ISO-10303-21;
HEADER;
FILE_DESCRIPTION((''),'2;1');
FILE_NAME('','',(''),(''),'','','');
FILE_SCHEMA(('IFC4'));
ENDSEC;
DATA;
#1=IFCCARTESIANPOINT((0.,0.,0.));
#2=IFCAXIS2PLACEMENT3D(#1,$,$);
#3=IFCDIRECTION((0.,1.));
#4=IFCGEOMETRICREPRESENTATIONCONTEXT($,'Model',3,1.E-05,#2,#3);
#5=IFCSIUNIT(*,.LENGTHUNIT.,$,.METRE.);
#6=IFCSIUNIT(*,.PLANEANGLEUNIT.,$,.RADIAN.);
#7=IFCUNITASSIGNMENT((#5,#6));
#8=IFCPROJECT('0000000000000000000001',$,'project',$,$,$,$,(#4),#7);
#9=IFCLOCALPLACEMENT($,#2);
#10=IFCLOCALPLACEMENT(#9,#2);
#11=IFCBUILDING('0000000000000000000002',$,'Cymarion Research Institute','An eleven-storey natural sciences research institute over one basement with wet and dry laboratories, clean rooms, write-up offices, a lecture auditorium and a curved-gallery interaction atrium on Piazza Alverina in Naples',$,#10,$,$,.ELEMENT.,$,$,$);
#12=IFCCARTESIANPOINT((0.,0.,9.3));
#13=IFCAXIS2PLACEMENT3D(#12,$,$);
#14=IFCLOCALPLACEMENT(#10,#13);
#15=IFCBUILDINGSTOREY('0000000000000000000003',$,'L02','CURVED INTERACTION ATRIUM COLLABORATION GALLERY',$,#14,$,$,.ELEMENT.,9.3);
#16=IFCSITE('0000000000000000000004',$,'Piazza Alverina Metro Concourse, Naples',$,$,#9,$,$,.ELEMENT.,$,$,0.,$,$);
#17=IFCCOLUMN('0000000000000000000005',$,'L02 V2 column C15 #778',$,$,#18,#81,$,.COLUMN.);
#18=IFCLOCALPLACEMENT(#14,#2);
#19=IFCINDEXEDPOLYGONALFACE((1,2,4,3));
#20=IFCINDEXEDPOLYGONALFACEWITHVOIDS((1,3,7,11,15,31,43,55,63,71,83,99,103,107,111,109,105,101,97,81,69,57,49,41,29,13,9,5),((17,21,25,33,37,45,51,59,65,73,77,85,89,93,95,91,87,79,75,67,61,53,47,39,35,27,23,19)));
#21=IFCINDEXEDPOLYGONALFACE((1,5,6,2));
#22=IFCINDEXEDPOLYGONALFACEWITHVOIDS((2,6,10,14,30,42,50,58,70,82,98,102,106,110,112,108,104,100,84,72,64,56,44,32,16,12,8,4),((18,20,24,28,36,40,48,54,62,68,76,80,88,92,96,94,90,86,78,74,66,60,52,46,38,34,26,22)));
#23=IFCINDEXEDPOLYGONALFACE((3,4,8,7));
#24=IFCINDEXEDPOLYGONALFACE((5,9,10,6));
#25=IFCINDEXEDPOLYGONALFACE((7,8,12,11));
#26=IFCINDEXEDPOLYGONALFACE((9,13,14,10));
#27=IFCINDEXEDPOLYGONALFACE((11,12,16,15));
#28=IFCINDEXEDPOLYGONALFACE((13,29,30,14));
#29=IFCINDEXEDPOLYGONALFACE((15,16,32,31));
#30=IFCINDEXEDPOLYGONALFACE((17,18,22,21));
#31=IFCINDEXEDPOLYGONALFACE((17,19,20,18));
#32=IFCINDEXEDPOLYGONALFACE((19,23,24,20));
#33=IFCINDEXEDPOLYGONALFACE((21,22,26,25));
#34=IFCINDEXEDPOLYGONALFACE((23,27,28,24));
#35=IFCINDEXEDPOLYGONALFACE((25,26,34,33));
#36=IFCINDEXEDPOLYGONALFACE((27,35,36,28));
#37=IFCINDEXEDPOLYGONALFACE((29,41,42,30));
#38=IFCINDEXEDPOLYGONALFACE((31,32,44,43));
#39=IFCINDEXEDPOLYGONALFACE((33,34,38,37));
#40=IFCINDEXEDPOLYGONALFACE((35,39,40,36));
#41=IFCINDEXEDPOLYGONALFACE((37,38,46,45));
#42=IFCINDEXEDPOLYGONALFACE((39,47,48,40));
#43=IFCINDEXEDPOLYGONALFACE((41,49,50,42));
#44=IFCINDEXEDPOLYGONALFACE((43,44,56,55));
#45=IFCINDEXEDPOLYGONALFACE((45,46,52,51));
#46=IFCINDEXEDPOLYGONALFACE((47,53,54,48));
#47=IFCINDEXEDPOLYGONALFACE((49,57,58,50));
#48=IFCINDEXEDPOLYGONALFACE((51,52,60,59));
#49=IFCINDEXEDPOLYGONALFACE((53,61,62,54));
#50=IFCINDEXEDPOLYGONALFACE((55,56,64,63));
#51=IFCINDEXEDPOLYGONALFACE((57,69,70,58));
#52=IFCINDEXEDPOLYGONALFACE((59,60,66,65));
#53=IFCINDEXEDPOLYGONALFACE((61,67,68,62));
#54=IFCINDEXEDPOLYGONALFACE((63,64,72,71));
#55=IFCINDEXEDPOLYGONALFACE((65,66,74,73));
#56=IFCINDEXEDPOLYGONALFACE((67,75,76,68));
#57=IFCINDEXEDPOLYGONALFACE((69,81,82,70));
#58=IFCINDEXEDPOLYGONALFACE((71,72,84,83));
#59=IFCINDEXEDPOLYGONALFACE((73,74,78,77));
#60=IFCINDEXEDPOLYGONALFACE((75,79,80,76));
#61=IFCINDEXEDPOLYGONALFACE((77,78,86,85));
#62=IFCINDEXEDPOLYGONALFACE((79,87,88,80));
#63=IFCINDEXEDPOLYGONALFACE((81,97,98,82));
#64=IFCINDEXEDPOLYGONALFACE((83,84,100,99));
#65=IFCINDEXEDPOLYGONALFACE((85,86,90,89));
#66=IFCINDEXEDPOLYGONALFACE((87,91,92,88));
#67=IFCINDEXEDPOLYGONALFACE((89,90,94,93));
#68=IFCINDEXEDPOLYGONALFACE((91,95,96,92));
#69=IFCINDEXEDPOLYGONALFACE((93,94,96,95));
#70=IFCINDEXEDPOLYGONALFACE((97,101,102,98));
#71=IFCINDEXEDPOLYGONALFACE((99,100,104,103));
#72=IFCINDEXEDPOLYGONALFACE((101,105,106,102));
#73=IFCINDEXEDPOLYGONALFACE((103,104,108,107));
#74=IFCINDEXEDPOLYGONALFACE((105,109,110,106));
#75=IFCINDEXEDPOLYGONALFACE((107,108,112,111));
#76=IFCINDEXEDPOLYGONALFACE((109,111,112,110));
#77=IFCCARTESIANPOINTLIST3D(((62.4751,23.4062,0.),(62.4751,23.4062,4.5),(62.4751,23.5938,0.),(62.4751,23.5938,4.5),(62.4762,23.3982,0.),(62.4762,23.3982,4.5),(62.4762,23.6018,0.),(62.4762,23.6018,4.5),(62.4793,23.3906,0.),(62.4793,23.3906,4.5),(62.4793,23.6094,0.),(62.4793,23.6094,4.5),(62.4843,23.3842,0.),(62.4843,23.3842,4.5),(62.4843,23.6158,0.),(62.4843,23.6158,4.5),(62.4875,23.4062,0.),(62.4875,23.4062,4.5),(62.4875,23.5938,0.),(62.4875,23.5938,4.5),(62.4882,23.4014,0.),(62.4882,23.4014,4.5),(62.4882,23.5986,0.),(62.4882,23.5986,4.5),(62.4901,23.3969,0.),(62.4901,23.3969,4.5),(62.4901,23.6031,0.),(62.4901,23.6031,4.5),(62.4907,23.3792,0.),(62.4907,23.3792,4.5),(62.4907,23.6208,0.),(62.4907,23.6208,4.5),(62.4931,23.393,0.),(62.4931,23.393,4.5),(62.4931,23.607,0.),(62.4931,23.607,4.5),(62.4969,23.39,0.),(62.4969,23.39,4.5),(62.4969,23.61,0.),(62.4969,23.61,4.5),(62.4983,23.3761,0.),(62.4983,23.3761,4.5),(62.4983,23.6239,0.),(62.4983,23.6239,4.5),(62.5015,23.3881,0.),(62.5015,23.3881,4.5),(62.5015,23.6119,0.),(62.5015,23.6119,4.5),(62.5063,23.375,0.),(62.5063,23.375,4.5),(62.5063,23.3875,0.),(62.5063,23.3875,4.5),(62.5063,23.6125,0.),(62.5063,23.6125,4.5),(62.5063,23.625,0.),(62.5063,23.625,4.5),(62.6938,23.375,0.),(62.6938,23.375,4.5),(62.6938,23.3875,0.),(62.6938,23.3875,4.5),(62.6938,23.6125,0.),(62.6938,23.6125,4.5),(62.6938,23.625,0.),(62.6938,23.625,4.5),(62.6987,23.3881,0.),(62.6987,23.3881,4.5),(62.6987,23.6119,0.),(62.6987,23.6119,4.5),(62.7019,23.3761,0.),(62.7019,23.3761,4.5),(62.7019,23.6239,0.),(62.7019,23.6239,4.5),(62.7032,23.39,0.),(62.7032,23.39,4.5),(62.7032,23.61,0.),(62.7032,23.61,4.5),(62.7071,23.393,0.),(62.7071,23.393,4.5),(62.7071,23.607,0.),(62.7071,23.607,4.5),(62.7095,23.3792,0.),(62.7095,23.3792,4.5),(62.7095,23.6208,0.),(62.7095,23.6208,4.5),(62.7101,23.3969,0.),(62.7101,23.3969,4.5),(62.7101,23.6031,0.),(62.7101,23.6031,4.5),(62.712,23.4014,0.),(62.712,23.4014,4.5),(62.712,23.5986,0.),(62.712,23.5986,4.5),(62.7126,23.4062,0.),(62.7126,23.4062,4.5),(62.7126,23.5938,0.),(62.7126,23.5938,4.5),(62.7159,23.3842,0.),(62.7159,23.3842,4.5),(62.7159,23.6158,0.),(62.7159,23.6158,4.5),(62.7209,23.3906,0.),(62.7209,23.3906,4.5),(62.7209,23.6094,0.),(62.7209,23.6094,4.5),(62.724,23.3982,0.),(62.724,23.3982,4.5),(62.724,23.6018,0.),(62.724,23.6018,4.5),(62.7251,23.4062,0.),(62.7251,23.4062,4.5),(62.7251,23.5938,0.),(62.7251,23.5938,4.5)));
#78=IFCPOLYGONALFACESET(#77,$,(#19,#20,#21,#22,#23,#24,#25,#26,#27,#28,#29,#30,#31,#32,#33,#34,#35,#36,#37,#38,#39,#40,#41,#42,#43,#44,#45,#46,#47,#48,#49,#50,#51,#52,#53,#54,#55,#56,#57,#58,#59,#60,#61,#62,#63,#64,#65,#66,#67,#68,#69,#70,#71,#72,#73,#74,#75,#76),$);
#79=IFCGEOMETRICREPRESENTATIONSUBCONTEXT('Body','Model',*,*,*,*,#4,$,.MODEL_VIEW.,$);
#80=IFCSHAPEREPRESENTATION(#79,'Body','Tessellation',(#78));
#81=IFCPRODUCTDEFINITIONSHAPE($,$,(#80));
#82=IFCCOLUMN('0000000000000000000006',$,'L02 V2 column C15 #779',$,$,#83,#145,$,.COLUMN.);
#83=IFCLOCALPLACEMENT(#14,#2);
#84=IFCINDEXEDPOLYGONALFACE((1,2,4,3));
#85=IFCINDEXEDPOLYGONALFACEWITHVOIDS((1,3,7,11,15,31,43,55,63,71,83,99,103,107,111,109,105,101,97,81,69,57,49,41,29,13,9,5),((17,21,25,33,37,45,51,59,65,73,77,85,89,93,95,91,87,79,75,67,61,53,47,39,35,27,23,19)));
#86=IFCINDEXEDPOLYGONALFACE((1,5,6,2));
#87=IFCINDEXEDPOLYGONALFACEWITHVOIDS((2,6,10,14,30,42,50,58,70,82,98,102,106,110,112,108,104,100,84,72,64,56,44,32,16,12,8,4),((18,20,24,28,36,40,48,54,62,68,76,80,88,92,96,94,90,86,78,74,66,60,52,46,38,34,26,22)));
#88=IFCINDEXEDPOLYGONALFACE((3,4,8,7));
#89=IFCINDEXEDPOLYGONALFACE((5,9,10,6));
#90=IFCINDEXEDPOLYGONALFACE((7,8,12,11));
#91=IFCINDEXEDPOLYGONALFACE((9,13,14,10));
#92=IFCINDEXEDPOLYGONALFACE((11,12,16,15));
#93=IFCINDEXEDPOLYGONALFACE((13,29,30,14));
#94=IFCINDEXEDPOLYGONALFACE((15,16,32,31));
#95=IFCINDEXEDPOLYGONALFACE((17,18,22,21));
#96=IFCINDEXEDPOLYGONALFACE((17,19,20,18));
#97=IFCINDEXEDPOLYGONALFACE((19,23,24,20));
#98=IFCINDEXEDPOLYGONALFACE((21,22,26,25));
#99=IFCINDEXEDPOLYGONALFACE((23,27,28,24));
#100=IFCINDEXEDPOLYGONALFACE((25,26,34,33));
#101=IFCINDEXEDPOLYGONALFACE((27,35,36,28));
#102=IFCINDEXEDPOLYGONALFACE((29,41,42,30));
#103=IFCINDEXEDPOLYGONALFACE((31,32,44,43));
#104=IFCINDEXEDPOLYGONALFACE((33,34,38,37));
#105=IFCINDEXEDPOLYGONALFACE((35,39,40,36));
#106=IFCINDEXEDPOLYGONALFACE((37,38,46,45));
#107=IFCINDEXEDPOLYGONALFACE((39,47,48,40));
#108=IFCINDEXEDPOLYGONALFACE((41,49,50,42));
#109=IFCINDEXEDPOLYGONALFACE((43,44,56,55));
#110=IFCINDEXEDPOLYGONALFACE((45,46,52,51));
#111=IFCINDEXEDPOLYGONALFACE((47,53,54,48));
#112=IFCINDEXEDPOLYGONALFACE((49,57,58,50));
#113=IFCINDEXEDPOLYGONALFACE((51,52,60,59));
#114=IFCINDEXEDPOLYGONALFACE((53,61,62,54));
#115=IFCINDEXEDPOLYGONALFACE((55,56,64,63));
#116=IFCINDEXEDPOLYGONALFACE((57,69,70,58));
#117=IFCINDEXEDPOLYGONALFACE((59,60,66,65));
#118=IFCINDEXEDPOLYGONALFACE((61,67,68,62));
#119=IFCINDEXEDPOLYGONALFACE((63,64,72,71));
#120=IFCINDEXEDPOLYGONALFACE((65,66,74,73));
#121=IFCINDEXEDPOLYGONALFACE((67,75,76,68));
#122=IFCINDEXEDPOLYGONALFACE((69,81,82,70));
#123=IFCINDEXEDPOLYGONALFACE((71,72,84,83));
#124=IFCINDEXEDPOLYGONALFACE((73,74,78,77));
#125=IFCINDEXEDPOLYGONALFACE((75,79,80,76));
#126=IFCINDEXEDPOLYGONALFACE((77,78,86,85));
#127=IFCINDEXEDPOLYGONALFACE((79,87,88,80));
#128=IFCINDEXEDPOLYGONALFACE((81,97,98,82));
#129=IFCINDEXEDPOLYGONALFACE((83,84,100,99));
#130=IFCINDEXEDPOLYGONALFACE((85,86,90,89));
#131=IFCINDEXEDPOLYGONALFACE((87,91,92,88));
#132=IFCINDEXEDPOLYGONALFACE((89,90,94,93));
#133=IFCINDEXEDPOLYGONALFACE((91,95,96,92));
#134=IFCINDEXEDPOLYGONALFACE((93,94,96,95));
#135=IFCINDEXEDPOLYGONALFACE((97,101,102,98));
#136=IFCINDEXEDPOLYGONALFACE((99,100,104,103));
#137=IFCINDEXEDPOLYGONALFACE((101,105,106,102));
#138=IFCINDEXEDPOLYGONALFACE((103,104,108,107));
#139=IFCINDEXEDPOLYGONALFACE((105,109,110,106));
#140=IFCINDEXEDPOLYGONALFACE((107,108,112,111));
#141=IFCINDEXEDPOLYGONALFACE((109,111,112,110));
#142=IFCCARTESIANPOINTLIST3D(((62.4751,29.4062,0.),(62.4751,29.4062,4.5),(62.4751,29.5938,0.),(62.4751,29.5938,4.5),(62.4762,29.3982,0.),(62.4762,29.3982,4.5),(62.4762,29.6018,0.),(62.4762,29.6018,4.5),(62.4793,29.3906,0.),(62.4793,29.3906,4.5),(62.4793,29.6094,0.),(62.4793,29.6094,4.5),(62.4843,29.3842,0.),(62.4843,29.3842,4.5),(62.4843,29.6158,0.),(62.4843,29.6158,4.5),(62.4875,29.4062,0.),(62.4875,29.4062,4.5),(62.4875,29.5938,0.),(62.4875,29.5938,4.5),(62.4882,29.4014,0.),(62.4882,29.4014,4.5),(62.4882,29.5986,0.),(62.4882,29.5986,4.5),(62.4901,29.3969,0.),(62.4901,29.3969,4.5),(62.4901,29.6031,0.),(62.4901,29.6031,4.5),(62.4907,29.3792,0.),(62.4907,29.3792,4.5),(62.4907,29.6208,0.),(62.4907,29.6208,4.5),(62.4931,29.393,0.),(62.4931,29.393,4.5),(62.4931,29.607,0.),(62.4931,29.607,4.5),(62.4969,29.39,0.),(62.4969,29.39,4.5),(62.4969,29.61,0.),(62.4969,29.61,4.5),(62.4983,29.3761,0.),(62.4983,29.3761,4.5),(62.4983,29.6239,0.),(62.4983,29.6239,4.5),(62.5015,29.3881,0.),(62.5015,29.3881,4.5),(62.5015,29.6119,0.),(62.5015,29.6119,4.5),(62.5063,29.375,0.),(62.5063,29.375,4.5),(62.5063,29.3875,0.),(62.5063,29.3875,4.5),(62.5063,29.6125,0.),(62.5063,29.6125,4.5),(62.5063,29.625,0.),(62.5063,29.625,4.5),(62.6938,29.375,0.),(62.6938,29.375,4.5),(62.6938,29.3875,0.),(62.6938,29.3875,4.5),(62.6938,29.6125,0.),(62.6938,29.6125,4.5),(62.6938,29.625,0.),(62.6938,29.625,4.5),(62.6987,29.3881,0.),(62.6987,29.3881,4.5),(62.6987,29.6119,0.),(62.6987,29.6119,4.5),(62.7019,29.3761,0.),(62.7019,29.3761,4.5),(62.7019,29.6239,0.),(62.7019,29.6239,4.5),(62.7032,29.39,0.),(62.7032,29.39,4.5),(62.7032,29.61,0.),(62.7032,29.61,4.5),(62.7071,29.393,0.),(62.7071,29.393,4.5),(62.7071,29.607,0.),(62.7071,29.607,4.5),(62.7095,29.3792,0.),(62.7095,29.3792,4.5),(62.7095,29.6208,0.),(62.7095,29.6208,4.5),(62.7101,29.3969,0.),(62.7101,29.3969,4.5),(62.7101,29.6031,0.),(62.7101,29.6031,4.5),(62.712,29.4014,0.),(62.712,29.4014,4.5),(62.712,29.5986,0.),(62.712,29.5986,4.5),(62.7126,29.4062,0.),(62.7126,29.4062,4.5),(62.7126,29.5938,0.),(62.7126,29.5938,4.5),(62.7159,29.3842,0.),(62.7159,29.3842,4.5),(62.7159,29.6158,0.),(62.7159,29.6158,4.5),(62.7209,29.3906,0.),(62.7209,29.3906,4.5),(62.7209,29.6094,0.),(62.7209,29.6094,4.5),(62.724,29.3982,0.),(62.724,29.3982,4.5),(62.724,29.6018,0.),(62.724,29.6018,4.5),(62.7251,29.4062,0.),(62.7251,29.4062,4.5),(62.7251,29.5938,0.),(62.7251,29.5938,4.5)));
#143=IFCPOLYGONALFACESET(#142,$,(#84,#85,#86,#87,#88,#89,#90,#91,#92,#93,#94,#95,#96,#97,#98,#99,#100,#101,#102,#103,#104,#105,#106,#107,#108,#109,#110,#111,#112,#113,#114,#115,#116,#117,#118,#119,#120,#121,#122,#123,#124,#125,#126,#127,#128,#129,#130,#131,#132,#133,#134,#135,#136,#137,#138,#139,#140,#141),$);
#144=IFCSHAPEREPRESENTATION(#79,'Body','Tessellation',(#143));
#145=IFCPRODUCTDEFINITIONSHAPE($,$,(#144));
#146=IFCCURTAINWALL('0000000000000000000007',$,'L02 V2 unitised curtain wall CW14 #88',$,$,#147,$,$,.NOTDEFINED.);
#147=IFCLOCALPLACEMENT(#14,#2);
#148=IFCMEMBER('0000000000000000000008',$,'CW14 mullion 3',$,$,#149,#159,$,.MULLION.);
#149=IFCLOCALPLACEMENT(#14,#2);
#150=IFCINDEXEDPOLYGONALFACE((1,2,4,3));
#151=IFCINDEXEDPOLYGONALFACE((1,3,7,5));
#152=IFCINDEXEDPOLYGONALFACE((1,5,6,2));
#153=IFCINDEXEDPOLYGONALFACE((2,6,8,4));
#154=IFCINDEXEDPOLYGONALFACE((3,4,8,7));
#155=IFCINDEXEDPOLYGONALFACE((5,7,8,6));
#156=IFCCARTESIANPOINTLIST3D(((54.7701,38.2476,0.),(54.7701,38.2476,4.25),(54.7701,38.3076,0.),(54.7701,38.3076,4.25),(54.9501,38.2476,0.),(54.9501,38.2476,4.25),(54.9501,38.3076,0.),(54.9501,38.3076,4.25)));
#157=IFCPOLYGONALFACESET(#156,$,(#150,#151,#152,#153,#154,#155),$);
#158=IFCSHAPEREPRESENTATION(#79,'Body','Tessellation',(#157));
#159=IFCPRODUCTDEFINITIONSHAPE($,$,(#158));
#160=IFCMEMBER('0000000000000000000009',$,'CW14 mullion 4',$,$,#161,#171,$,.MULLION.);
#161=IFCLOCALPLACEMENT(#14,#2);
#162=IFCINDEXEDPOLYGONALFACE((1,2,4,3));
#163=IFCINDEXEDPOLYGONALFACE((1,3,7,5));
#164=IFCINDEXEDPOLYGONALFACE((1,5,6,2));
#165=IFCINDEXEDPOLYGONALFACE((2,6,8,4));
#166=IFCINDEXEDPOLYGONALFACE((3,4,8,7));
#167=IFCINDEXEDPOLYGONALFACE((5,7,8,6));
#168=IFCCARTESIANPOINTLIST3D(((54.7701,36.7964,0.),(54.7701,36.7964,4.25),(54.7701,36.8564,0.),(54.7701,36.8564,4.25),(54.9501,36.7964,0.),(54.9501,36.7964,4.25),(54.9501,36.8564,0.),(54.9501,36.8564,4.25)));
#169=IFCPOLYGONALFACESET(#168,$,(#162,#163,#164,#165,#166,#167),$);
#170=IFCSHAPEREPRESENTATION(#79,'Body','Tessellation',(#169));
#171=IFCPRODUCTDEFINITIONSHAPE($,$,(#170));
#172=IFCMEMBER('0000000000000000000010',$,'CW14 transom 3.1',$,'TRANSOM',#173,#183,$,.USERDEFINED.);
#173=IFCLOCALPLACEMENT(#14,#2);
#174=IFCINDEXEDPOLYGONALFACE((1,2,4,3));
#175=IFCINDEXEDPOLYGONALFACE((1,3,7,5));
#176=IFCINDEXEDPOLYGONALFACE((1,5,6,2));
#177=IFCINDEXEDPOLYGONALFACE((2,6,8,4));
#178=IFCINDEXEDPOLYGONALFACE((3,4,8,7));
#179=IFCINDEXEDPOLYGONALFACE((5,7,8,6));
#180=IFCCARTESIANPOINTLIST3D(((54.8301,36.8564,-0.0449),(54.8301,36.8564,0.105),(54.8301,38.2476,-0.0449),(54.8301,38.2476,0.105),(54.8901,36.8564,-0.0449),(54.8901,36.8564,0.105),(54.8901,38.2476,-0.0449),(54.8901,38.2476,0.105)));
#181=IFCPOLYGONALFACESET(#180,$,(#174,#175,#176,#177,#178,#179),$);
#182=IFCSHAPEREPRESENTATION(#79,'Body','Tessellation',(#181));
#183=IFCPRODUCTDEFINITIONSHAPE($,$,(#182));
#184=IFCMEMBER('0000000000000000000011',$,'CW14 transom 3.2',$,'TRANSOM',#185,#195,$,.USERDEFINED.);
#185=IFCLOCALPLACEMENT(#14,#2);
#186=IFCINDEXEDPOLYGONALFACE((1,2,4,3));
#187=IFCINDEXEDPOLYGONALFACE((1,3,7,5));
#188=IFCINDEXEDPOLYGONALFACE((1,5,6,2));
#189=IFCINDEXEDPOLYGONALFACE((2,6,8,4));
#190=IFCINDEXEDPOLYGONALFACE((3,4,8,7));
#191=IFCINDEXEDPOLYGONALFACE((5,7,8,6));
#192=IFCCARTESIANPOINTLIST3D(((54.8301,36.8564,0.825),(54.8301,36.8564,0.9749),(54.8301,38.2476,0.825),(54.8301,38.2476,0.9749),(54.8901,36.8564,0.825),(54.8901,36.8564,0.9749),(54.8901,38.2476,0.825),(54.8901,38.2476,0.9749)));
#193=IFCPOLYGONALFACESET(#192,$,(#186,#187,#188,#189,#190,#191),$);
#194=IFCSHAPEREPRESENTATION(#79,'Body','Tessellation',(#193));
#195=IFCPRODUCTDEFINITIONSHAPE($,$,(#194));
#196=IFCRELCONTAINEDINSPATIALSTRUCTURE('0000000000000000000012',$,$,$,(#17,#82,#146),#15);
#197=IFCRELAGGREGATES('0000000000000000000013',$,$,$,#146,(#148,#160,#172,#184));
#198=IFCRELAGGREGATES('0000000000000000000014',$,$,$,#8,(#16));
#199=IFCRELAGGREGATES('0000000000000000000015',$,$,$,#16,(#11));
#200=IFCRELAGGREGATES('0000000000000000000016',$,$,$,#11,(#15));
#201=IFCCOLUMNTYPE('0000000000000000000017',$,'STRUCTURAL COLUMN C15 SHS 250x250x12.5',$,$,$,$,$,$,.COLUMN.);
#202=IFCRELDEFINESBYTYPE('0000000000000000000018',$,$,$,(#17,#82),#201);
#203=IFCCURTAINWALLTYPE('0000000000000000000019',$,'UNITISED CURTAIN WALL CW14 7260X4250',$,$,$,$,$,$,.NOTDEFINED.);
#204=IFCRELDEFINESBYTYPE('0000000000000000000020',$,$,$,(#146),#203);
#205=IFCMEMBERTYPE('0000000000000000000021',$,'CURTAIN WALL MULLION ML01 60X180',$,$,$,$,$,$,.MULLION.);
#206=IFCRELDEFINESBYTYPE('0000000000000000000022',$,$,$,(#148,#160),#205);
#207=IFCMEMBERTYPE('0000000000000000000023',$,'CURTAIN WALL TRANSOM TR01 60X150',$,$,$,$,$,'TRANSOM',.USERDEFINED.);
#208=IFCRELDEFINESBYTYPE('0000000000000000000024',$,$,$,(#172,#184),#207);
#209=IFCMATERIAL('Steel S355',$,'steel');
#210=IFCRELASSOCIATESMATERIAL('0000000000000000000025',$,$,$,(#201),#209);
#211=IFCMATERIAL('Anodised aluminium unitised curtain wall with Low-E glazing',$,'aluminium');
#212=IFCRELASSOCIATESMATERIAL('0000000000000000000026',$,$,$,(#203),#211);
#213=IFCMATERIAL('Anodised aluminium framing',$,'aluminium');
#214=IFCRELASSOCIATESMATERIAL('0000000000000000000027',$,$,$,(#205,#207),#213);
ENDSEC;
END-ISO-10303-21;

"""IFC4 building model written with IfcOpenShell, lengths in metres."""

from ifc_helpers import new_model, si_unit, direction, frame, origin, origin_2d, place, context, subcontext, project, spatial, rectangle, hollow_rectangle, extrude, material, material_profile, profile_set, type_object, element, aggregate, save


model = new_model("IFC4")

# Units and contexts
model_context = context("Model", 3, precision=1e-05, world=origin(), true_north=direction((0.0, 1.0)))
body_context = subcontext(model_context, "Body", "Model", "MODEL_VIEW")
ifc_project = project(units=[si_unit("LENGTHUNIT", "METRE"), si_unit("PLANEANGLEUNIT", "RADIAN")], contexts=[model_context])

# Site, building, storey
site_placement = place(None, origin())
site = spatial("IfcSite", under=ifc_project, at=site_placement, Name="Piazza Alverina Metro Concourse, Naples", CompositionType="ELEMENT", RefElevation=0.0)
building_placement = place(site_placement, origin())
building = spatial("IfcBuilding", under=site, at=building_placement, Name="Cymarion Research Institute", Description="An eleven-storey natural sciences research institute over one basement with wet and dry laboratories, clean rooms, write-up offices, a lecture auditorium and a curved-gallery interaction atrium on Piazza Alverina in Naples", CompositionType="ELEMENT")
storey_placement = place(building_placement, frame((0.0, 0.0, 9.3)))
storey = spatial("IfcBuildingStorey", under=building, at=storey_placement, Name="L02", Description="CURVED INTERACTION ATRIUM COLLABORATION GALLERY", CompositionType="ELEMENT", Elevation=9.3)

# Columns
ifc_material_1 = material(Name="Steel S355", Category="steel")
ifc_material_profile_1 = material_profile(ifc_material_1, hollow_rectangle(XDim=0.25, YDim=0.25, WallThickness=0.0125, InnerFilletRadius=0.0188, OuterFilletRadius=0.0312, at=origin_2d()), Name="SHS 250x250x12.5")
ifc_profile_set_1 = profile_set([ifc_material_profile_1], Name="Steel S355")
column_type_1 = type_object("IfcColumnType", Name="STRUCTURAL COLUMN C15 SHS 250x250x12.5", PredefinedType="COLUMN", material=ifc_profile_set_1)
for number, where, z_axis, x_axis, name in (
    (1, (62.6001, 23.5, 0.0), (0.0, 0.0, 1.0), (1.0, 0.0, 0.0), "L02 V2 column C15 #778"),
    (2, (62.6001, 29.5, 0.0), (0.0, 0.0, 1.0), (1.0, 0.0, 0.0), "L02 V2 column C15 #779"),
):
    element("IfcColumn", number, at=place(storey_placement, frame(where, z_axis=z_axis, x_axis=x_axis)), inside=storey, type_object=column_type_1, Name=name, PredefinedType="COLUMN", context=body_context, shape_type="SweptSolid", body=[
        extrude(hollow_rectangle(XDim=0.25, YDim=0.25, WallThickness=0.0125, InnerFilletRadius=0.0188, OuterFilletRadius=0.0312, at=origin_2d()), origin(), (0.0, 0.0, 1.0), 4.5),
    ])

# Curtain wall, members
ifc_material_2 = material(Name="Anodised aluminium unitised curtain wall with Low-E glazing", Category="aluminium")
curtain_wall_type = type_object("IfcCurtainWallType", Name="UNITISED CURTAIN WALL CW14 7260X4250", PredefinedType="NOTDEFINED", material=ifc_material_2)
curtain_wall_placement = place(storey_placement, origin())
curtain_wall = element("IfcCurtainWall", 3, at=curtain_wall_placement, inside=storey, type_object=curtain_wall_type, Name="L02 V2 unitised curtain wall CW14 #88", PredefinedType="NOTDEFINED")
ifc_material_3 = material(Name="Anodised aluminium framing", Category="aluminium")
ifc_material_profile_2 = material_profile(ifc_material_3, rectangle(XDim=0.0601, YDim=0.1799, at=origin_2d()), Name="ALU MULLION 60x180")
ifc_profile_set_2 = profile_set([ifc_material_profile_2], Name="Anodised aluminium framing")
member_type_1 = type_object("IfcMemberType", Name="CURTAIN WALL MULLION ML01 60X180", PredefinedType="MULLION", material=ifc_profile_set_2)
member_1_placement = place(storey_placement, frame((54.8601, 38.2776, 0.0), z_axis=(0.0, 0.0, 1.0), x_axis=(0.0, -1.0, 0.0)))
member_1 = element("IfcMember", 4, at=member_1_placement, type_object=member_type_1, Name="CW14 mullion 3", PredefinedType="MULLION", context=body_context, shape_type="SweptSolid", body=[
    extrude(rectangle(XDim=0.0601, YDim=0.1799, at=origin_2d()), origin(), (0.0, 0.0, 1.0), 4.25),
])
member_2_placement = place(storey_placement, frame((54.8601, 36.8264, 0.0), z_axis=(0.0, 0.0, 1.0), x_axis=(0.0, -1.0, 0.0)))
member_2 = element("IfcMember", 5, at=member_2_placement, type_object=member_type_1, Name="CW14 mullion 4", PredefinedType="MULLION", context=body_context, shape_type="SweptSolid", body=[
    extrude(rectangle(XDim=0.0601, YDim=0.1799, at=origin_2d()), origin(), (0.0, 0.0, 1.0), 4.25),
])
ifc_material_profile_3 = material_profile(ifc_material_3, rectangle(XDim=0.0601, YDim=0.1499, at=origin_2d()), Name="ALU TRANSOM 60x150")
ifc_profile_set_3 = profile_set([ifc_material_profile_3], Name="Anodised aluminium framing")
member_type_2 = type_object("IfcMemberType", Name="CURTAIN WALL TRANSOM TR01 60X150", ElementType="TRANSOM", PredefinedType="USERDEFINED", material=ifc_profile_set_3)
member_3_placement = place(storey_placement, frame((54.8601, 38.2476, 0.03), z_axis=(0.0, -1.0, 0.0), x_axis=(1.0, 0.0, 0.0)))
member_3 = element("IfcMember", 6, at=member_3_placement, type_object=member_type_2, Name="CW14 transom 3.1", ObjectType="TRANSOM", PredefinedType="USERDEFINED", context=body_context, shape_type="SweptSolid", body=[
    extrude(rectangle(XDim=0.0601, YDim=0.1499, at=origin_2d()), origin(), (0.0, 0.0, 1.0), 1.3911),
])
member_4_placement = place(storey_placement, frame((54.8601, 38.2476, 0.8999), z_axis=(0.0, -1.0, 0.0), x_axis=(1.0, 0.0, 0.0)))
member_4 = element("IfcMember", 7, at=member_4_placement, type_object=member_type_2, Name="CW14 transom 3.2", ObjectType="TRANSOM", PredefinedType="USERDEFINED", context=body_context, shape_type="SweptSolid", body=[
    extrude(rectangle(XDim=0.0601, YDim=0.1499, at=origin_2d()), origin(), (0.0, 0.0, 1.0), 1.3911),
])

aggregate(curtain_wall, [member_1, member_2, member_3, member_4])

save(model, "model.ifc")
